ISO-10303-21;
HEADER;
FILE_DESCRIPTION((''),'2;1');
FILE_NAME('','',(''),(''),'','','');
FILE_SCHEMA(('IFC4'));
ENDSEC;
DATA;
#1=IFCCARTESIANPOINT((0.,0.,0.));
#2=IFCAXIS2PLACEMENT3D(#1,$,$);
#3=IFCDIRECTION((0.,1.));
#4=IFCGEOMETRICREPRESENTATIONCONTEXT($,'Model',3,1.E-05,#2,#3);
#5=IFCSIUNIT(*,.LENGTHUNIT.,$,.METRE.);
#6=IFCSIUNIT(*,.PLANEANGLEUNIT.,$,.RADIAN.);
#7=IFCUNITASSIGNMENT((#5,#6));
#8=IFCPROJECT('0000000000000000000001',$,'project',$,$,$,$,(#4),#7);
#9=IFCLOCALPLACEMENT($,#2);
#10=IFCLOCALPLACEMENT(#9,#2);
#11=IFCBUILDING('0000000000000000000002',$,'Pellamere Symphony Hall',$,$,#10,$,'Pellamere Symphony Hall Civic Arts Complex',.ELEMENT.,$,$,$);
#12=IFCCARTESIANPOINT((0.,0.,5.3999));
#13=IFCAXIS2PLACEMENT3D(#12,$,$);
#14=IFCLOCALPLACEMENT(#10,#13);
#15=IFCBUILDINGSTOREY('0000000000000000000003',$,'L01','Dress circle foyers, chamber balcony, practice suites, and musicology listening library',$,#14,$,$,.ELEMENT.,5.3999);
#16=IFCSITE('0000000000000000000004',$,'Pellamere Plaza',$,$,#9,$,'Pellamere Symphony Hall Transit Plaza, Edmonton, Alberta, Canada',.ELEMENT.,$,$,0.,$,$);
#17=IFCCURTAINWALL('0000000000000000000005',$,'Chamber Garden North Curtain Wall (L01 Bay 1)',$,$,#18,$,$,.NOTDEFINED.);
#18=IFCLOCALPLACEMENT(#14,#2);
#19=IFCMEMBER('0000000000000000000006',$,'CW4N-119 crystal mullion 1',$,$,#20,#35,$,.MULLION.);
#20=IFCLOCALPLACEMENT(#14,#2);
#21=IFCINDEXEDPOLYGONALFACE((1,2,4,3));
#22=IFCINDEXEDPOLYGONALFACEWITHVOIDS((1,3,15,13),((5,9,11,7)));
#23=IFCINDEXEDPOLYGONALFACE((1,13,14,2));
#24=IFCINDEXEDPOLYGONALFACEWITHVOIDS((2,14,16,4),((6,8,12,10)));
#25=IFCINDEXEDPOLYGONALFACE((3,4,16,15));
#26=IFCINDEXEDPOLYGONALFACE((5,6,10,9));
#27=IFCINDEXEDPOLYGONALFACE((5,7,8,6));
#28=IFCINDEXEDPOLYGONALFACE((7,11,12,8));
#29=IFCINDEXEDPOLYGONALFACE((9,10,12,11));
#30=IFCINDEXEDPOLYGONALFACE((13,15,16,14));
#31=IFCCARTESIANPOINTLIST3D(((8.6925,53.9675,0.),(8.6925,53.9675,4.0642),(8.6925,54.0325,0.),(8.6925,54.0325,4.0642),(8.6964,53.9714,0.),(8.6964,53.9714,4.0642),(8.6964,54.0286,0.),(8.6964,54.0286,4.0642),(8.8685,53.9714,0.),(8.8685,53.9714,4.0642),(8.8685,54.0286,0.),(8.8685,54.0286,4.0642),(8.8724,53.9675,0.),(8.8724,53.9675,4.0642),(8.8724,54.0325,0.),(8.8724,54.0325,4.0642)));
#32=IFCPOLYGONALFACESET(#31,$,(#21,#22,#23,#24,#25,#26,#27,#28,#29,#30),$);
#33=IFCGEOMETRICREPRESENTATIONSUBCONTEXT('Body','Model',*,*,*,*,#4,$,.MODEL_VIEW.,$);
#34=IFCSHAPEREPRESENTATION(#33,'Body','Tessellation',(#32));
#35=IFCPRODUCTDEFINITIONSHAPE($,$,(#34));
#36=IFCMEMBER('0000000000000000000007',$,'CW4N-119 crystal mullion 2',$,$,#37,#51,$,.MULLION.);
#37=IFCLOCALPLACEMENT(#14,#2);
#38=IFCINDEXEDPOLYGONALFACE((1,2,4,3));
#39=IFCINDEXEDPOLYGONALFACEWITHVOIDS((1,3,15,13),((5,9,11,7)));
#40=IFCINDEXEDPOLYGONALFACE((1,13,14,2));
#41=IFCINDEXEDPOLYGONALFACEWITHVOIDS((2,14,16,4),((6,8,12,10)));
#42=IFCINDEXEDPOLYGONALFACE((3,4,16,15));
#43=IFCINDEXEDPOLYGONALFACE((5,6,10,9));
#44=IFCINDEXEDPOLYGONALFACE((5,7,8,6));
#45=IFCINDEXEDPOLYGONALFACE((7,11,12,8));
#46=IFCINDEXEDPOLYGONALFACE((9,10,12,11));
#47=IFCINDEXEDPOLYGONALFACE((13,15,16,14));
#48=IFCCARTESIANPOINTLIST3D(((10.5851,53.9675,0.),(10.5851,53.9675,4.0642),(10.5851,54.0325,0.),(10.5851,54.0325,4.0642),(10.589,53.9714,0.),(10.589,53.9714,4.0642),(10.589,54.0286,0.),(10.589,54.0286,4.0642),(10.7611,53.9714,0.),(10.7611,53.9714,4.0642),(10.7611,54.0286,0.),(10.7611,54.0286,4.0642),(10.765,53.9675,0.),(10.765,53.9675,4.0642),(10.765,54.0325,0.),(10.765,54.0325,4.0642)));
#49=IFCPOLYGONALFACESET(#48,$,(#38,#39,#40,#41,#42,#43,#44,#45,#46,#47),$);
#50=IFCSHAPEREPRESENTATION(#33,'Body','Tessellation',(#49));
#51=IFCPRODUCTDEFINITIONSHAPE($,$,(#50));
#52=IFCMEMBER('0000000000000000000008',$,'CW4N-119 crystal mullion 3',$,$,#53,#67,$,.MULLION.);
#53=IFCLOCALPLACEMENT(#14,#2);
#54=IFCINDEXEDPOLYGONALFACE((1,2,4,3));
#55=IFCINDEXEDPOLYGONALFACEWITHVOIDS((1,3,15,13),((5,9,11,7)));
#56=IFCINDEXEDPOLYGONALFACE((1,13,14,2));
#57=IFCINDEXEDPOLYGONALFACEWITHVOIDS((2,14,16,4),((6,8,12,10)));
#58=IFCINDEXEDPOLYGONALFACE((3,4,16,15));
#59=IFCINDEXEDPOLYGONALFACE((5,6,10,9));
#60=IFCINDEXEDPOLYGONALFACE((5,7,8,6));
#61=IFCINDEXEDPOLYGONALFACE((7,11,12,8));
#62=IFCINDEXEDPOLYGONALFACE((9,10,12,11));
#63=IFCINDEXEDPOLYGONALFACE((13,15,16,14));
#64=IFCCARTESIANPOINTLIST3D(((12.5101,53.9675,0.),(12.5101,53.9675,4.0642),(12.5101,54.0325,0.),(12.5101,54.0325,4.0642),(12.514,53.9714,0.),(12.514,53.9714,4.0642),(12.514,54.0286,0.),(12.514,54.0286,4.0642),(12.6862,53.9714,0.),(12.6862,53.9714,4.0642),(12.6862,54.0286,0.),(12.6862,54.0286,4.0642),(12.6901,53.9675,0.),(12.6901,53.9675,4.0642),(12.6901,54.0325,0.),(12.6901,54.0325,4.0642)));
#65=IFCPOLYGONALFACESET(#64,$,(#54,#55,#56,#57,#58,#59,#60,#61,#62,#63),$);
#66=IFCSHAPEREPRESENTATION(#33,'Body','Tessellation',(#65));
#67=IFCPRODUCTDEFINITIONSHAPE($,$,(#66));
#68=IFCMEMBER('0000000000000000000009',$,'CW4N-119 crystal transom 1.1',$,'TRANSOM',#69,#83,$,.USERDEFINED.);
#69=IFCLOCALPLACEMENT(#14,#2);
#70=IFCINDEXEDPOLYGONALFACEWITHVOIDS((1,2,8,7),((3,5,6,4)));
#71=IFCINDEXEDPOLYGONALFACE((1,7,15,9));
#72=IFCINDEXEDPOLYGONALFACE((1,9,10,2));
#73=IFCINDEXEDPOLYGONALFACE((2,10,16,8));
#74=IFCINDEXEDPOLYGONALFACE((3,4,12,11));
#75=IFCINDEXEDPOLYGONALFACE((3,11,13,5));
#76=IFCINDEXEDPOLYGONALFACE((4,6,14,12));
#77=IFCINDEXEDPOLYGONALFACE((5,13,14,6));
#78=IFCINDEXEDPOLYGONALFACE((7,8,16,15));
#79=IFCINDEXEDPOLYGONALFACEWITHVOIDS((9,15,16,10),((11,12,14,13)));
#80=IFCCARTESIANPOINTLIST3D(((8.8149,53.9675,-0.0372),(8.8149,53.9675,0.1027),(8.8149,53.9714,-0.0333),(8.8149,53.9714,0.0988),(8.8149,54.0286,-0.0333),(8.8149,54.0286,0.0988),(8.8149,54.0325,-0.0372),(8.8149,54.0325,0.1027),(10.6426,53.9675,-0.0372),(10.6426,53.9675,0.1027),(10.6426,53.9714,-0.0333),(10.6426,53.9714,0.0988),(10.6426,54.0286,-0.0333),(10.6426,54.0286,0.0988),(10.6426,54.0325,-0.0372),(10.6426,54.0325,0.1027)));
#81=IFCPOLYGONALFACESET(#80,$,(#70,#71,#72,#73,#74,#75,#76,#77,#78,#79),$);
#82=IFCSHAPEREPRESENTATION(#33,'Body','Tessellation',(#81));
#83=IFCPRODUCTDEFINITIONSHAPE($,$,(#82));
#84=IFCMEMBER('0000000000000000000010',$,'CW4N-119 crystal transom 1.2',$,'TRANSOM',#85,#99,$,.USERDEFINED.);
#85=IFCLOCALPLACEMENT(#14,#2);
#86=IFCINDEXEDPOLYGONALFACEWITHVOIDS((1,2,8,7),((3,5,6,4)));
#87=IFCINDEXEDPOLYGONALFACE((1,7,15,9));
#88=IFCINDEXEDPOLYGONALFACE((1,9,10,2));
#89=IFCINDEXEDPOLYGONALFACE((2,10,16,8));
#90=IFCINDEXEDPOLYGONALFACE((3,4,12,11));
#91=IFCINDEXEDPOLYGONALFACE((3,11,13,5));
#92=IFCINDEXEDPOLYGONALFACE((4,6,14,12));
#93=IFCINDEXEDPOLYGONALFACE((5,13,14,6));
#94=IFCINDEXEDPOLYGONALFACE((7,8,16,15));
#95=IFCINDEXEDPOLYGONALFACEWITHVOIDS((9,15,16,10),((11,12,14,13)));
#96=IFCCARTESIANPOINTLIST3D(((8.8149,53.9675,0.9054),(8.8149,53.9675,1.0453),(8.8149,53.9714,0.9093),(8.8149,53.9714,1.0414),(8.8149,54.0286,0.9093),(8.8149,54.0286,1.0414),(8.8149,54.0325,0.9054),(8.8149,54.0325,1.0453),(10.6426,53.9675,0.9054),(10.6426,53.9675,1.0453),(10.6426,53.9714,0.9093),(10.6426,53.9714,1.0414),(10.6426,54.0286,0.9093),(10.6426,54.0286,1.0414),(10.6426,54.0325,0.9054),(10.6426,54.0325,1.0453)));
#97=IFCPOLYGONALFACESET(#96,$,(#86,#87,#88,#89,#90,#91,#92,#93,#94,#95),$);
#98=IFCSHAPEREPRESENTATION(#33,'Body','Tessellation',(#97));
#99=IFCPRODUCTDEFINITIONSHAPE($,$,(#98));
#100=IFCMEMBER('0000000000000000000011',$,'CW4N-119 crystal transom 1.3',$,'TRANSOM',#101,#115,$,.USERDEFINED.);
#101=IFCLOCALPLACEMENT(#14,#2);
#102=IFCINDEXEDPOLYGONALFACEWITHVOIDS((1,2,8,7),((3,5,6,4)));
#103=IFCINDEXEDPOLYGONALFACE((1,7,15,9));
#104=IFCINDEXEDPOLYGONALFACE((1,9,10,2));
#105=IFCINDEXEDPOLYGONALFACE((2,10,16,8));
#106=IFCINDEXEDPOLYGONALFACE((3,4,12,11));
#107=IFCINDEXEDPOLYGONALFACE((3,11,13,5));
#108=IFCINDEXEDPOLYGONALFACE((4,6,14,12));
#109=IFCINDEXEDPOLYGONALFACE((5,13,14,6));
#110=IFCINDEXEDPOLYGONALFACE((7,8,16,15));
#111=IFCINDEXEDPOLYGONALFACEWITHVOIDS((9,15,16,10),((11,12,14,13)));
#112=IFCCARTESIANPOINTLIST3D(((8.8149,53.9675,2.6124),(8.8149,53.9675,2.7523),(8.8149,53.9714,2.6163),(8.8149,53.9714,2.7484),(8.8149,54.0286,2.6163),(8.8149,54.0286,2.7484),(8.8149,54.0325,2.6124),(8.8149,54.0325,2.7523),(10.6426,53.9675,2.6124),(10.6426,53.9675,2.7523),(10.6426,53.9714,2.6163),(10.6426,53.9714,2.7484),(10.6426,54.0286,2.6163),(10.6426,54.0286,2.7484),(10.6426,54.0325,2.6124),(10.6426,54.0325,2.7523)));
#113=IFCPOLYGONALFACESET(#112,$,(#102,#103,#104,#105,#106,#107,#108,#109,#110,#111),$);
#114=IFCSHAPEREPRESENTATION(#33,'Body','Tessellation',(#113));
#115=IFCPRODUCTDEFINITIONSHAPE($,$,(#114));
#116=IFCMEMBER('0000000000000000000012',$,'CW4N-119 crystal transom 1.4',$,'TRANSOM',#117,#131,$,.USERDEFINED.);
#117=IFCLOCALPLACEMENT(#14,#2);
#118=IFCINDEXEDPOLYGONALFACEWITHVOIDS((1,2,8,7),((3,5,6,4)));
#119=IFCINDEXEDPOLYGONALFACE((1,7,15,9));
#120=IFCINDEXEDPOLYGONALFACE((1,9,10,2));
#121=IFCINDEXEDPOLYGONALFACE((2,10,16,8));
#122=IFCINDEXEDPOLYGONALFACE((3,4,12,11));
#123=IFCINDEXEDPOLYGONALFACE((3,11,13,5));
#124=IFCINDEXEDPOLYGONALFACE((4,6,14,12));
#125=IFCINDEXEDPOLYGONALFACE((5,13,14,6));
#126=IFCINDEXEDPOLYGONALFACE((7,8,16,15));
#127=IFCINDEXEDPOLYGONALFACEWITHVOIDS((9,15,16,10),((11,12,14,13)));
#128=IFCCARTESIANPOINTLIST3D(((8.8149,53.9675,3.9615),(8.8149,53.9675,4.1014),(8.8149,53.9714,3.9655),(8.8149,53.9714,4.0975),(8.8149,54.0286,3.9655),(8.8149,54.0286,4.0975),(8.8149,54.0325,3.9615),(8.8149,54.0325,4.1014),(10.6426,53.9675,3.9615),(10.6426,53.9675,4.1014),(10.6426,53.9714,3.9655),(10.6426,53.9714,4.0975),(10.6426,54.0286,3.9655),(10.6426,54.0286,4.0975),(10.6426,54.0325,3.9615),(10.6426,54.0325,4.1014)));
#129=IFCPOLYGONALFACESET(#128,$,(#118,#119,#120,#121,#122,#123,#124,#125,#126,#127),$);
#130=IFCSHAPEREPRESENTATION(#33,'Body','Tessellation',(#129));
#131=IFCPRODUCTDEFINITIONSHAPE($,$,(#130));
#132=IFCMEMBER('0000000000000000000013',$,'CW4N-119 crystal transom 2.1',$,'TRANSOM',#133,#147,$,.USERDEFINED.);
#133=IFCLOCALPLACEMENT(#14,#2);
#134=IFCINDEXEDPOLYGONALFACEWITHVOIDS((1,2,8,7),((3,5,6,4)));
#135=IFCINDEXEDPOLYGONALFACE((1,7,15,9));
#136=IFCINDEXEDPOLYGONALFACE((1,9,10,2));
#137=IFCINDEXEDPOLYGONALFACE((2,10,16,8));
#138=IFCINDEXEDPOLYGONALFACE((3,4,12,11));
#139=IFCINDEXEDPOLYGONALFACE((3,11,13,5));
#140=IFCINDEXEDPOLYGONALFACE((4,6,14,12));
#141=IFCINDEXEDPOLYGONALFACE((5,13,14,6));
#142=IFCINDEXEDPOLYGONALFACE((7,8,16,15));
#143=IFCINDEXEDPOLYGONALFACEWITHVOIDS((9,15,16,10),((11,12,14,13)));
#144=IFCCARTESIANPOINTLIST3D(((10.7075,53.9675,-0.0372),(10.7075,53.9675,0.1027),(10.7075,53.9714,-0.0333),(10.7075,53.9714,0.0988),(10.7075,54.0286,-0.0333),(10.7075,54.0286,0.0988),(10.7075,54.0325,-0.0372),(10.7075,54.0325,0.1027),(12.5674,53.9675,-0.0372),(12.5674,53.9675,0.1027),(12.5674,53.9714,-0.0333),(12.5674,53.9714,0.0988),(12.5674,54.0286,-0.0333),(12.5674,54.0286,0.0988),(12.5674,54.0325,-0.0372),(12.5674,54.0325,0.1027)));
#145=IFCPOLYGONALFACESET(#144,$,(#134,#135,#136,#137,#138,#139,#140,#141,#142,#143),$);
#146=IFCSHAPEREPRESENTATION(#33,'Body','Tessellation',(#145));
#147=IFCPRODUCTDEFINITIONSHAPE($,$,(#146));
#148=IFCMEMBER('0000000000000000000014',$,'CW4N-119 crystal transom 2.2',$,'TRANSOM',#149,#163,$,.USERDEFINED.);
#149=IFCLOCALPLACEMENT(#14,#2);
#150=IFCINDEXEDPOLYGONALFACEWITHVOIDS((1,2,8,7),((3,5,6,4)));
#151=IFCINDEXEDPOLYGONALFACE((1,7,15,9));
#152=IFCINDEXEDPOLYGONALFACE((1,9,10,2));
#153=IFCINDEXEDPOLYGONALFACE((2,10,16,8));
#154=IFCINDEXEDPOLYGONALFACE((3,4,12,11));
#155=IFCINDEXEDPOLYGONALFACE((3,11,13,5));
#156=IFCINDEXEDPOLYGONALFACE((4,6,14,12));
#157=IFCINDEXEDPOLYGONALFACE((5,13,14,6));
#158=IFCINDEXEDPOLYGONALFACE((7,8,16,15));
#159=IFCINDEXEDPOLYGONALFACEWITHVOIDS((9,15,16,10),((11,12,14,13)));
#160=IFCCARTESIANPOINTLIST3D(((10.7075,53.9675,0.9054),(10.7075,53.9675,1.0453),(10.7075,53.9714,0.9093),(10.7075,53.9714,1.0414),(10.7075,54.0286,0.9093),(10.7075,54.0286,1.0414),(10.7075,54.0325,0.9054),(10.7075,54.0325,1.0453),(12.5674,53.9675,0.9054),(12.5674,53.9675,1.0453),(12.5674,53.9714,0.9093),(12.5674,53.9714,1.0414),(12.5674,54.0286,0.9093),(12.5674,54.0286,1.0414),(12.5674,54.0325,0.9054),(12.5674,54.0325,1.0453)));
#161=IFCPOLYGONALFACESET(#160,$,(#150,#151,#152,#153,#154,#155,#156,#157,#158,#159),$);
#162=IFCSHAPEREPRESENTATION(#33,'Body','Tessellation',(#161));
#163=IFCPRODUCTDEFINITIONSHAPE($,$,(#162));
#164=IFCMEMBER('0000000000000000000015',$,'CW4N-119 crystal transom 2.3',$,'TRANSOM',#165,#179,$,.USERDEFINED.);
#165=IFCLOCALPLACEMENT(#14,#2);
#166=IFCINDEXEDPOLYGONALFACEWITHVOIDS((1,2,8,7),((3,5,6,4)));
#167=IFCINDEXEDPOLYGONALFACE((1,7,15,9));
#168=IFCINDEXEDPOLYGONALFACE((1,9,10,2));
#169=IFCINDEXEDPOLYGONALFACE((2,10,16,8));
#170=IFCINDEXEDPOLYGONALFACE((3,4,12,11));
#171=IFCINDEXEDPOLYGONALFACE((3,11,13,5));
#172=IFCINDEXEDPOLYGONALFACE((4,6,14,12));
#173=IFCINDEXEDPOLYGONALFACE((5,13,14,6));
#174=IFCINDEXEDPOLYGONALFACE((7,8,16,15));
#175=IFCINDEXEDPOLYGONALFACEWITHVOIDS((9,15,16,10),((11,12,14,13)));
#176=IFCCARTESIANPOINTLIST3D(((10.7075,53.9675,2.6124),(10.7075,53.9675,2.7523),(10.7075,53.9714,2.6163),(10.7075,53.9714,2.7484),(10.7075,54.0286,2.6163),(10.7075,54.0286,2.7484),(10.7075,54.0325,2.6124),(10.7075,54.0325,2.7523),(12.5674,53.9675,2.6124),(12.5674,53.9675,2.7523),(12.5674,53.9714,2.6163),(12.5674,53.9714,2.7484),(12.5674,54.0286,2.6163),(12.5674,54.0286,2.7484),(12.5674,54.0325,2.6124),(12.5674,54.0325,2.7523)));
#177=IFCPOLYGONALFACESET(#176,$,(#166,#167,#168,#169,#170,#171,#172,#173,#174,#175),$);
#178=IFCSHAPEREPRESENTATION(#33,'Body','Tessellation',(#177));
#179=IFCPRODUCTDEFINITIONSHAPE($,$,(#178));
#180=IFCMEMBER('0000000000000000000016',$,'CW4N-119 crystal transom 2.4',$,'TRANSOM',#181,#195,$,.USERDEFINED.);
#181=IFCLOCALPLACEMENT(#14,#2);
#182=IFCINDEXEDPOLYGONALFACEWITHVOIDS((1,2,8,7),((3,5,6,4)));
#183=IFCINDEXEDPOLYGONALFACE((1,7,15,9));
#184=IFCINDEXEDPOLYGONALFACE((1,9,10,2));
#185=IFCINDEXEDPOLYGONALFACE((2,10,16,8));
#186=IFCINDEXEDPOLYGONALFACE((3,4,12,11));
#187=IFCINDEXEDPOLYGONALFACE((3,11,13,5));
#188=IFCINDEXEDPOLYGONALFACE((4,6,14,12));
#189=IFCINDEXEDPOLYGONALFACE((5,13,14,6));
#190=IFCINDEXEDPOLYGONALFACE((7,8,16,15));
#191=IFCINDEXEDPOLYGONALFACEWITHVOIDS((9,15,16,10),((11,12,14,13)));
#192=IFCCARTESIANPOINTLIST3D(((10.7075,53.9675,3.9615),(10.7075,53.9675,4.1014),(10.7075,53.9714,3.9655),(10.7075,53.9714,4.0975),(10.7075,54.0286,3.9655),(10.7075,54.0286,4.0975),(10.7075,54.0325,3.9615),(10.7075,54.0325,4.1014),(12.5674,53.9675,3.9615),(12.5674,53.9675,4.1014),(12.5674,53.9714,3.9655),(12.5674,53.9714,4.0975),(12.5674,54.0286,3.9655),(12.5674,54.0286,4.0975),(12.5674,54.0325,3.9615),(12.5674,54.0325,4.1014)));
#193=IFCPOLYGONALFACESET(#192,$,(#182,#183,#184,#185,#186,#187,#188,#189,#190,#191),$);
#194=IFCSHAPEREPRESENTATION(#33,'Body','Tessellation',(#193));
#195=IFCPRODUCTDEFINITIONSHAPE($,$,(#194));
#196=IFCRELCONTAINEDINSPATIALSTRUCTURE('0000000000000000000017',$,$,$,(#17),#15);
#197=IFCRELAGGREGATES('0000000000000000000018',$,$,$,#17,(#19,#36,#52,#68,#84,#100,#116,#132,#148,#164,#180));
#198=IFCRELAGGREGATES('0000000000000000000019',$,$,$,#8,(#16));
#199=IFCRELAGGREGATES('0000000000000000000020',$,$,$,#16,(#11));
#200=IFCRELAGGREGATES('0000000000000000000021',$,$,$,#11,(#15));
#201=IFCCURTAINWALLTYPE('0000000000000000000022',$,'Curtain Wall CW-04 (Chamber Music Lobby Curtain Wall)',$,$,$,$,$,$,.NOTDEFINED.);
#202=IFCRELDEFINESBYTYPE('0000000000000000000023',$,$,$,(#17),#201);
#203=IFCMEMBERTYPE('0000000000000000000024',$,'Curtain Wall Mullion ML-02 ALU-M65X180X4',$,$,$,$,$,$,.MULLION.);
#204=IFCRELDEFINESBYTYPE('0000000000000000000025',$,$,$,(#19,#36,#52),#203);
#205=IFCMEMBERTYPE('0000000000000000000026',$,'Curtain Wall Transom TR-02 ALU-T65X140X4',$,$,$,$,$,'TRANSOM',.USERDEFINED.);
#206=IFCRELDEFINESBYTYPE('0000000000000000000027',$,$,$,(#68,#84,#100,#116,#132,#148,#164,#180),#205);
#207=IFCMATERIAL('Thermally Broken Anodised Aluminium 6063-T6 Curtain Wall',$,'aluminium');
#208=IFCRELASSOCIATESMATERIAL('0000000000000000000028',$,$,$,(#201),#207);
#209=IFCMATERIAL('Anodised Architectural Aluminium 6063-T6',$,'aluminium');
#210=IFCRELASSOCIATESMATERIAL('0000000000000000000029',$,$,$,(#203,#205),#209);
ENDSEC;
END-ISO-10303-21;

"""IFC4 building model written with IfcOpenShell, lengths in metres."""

from ifc_helpers import new_model, si_unit, direction, frame, origin, origin_2d, place, context, subcontext, project, spatial, hollow_rectangle, extrude, material, material_profile, profile_set, type_object, element, aggregate, save


model = new_model("IFC4")

# Units and contexts
model_context = context("Model", 3, precision=1e-05, world=origin(), true_north=direction((0.0, 1.0)))
body_context = subcontext(model_context, "Body", "Model", "MODEL_VIEW")
ifc_project = project(units=[si_unit("LENGTHUNIT", "METRE"), si_unit("PLANEANGLEUNIT", "RADIAN")], contexts=[model_context])

# Site, building, storey
site_placement = place(None, origin())
site = spatial("IfcSite", under=ifc_project, at=site_placement, Name="Pellamere Plaza", LongName="Pellamere Symphony Hall Transit Plaza, Edmonton, Alberta, Canada", CompositionType="ELEMENT", RefElevation=0.0)
building_placement = place(site_placement, origin())
building = spatial("IfcBuilding", under=site, at=building_placement, Name="Pellamere Symphony Hall", LongName="Pellamere Symphony Hall Civic Arts Complex", CompositionType="ELEMENT")
storey_placement = place(building_placement, frame((0.0, 0.0, 5.3999)))
storey = spatial("IfcBuildingStorey", under=building, at=storey_placement, Name="L01", Description="Dress circle foyers, chamber balcony, practice suites, and musicology listening library", CompositionType="ELEMENT", Elevation=5.3999)

# Curtain wall, members
ifc_material_1 = material(Name="Thermally Broken Anodised Aluminium 6063-T6 Curtain Wall", Category="aluminium")
curtain_wall_type = type_object("IfcCurtainWallType", Name="Curtain Wall CW-04 (Chamber Music Lobby Curtain Wall)", PredefinedType="NOTDEFINED", material=ifc_material_1)
curtain_wall_placement = place(storey_placement, origin())
curtain_wall = element("IfcCurtainWall", 1, at=curtain_wall_placement, inside=storey, type_object=curtain_wall_type, Name="Chamber Garden North Curtain Wall (L01 Bay 1)", PredefinedType="NOTDEFINED")
ifc_material_2 = material(Name="Anodised Architectural Aluminium 6063-T6", Category="aluminium")
ifc_material_profile_1 = material_profile(ifc_material_2, hollow_rectangle(XDim=0.0649, YDim=0.1799, WallThickness=0.0039, at=origin_2d()), Name="ALU-M65X180X4")
ifc_profile_set_1 = profile_set([ifc_material_profile_1], Name="Anodised Architectural Aluminium 6063-T6")
member_type_1 = type_object("IfcMemberType", Name="Curtain Wall Mullion ML-02 ALU-M65X180X4", PredefinedType="MULLION", material=ifc_profile_set_1)
member_1_placement = place(storey_placement, frame((8.7825, 54.0, 0.0), z_axis=(0.0, 0.0, 1.0), x_axis=(0.0, 1.0, 0.0)))
member_1 = element("IfcMember", 2, at=member_1_placement, type_object=member_type_1, Name="CW4N-119 crystal mullion 1", PredefinedType="MULLION", context=body_context, shape_type="SweptSolid", body=[
    extrude(hollow_rectangle(XDim=0.0649, YDim=0.1799, WallThickness=0.0039, at=origin_2d()), origin(), (0.0, 0.0, 1.0), 4.0642),
])
member_2_placement = place(storey_placement, frame((10.675, 54.0, 0.0), z_axis=(0.0, 0.0, 1.0), x_axis=(0.0, 1.0, 0.0)))
member_2 = element("IfcMember", 3, at=member_2_placement, type_object=member_type_1, Name="CW4N-119 crystal mullion 2", PredefinedType="MULLION", context=body_context, shape_type="SweptSolid", body=[
    extrude(hollow_rectangle(XDim=0.0649, YDim=0.1799, WallThickness=0.0039, at=origin_2d()), origin(), (0.0, 0.0, 1.0), 4.0642),
])
member_3_placement = place(storey_placement, frame((12.6001, 54.0, 0.0), z_axis=(0.0, 0.0, 1.0), x_axis=(0.0, 1.0, 0.0)))
member_3 = element("IfcMember", 4, at=member_3_placement, type_object=member_type_1, Name="CW4N-119 crystal mullion 3", PredefinedType="MULLION", context=body_context, shape_type="SweptSolid", body=[
    extrude(hollow_rectangle(XDim=0.0649, YDim=0.1799, WallThickness=0.0039, at=origin_2d()), origin(), (0.0, 0.0, 1.0), 4.0642),
])
ifc_material_profile_2 = material_profile(ifc_material_2, hollow_rectangle(XDim=0.0649, YDim=0.1399, WallThickness=0.0039, at=origin_2d()), Name="ALU-T65X140X4")
ifc_profile_set_2 = profile_set([ifc_material_profile_2], Name="Anodised Architectural Aluminium 6063-T6")
member_type_2 = type_object("IfcMemberType", Name="Curtain Wall Transom TR-02 ALU-T65X140X4", ElementType="TRANSOM", PredefinedType="USERDEFINED", material=ifc_profile_set_2)
member_4_placement = place(storey_placement, frame((8.8149, 54.0, 0.0327), z_axis=(1.0, 0.0, 0.0), x_axis=(0.0, 1.0, 0.0)))
member_4 = element("IfcMember", 5, at=member_4_placement, type_object=member_type_2, Name="CW4N-119 crystal transom 1.1", ObjectType="TRANSOM", PredefinedType="USERDEFINED", context=body_context, shape_type="SweptSolid", body=[
    extrude(hollow_rectangle(XDim=0.0649, YDim=0.1399, WallThickness=0.0039, at=origin_2d()), origin(), (0.0, 0.0, 1.0), 1.8276),
])
member_5_placement = place(storey_placement, frame((8.8149, 54.0, 0.9753), z_axis=(1.0, 0.0, 0.0), x_axis=(0.0, 1.0, 0.0)))
member_5 = element("IfcMember", 6, at=member_5_placement, type_object=member_type_2, Name="CW4N-119 crystal transom 1.2", ObjectType="TRANSOM", PredefinedType="USERDEFINED", context=body_context, shape_type="SweptSolid", body=[
    extrude(hollow_rectangle(XDim=0.0649, YDim=0.1399, WallThickness=0.0039, at=origin_2d()), origin(), (0.0, 0.0, 1.0), 1.8276),
])
member_6_placement = place(storey_placement, frame((8.8149, 54.0, 2.6824), z_axis=(1.0, 0.0, 0.0), x_axis=(0.0, 1.0, 0.0)))
member_6 = element("IfcMember", 7, at=member_6_placement, type_object=member_type_2, Name="CW4N-119 crystal transom 1.3", ObjectType="TRANSOM", PredefinedType="USERDEFINED", context=body_context, shape_type="SweptSolid", body=[
    extrude(hollow_rectangle(XDim=0.0649, YDim=0.1399, WallThickness=0.0039, at=origin_2d()), origin(), (0.0, 0.0, 1.0), 1.8276),
])
member_7_placement = place(storey_placement, frame((8.8149, 54.0, 4.0315), z_axis=(1.0, 0.0, 0.0), x_axis=(0.0, 1.0, 0.0)))
member_7 = element("IfcMember", 8, at=member_7_placement, type_object=member_type_2, Name="CW4N-119 crystal transom 1.4", ObjectType="TRANSOM", PredefinedType="USERDEFINED", context=body_context, shape_type="SweptSolid", body=[
    extrude(hollow_rectangle(XDim=0.0649, YDim=0.1399, WallThickness=0.0039, at=origin_2d()), origin(), (0.0, 0.0, 1.0), 1.8276),
])
member_8_placement = place(storey_placement, frame((10.7075, 54.0, 0.0327), z_axis=(1.0, 0.0, 0.0), x_axis=(0.0, 1.0, 0.0)))
member_8 = element("IfcMember", 9, at=member_8_placement, type_object=member_type_2, Name="CW4N-119 crystal transom 2.1", ObjectType="TRANSOM", PredefinedType="USERDEFINED", context=body_context, shape_type="SweptSolid", body=[
    extrude(hollow_rectangle(XDim=0.0649, YDim=0.1399, WallThickness=0.0039, at=origin_2d()), origin(), (0.0, 0.0, 1.0), 1.8599),
])
member_9_placement = place(storey_placement, frame((10.7075, 54.0, 0.9753), z_axis=(1.0, 0.0, 0.0), x_axis=(0.0, 1.0, 0.0)))
member_9 = element("IfcMember", 10, at=member_9_placement, type_object=member_type_2, Name="CW4N-119 crystal transom 2.2", ObjectType="TRANSOM", PredefinedType="USERDEFINED", context=body_context, shape_type="SweptSolid", body=[
    extrude(hollow_rectangle(XDim=0.0649, YDim=0.1399, WallThickness=0.0039, at=origin_2d()), origin(), (0.0, 0.0, 1.0), 1.8599),
])
member_10_placement = place(storey_placement, frame((10.7075, 54.0, 2.6824), z_axis=(1.0, 0.0, 0.0), x_axis=(0.0, 1.0, 0.0)))
member_10 = element("IfcMember", 11, at=member_10_placement, type_object=member_type_2, Name="CW4N-119 crystal transom 2.3", ObjectType="TRANSOM", PredefinedType="USERDEFINED", context=body_context, shape_type="SweptSolid", body=[
    extrude(hollow_rectangle(XDim=0.0649, YDim=0.1399, WallThickness=0.0039, at=origin_2d()), origin(), (0.0, 0.0, 1.0), 1.8599),
])
member_11_placement = place(storey_placement, frame((10.7075, 54.0, 4.0315), z_axis=(1.0, 0.0, 0.0), x_axis=(0.0, 1.0, 0.0)))
member_11 = element("IfcMember", 12, at=member_11_placement, type_object=member_type_2, Name="CW4N-119 crystal transom 2.4", ObjectType="TRANSOM", PredefinedType="USERDEFINED", context=body_context, shape_type="SweptSolid", body=[
    extrude(hollow_rectangle(XDim=0.0649, YDim=0.1399, WallThickness=0.0039, at=origin_2d()), origin(), (0.0, 0.0, 1.0), 1.8599),
])

aggregate(curtain_wall, [member_1, member_2, member_3, member_4, member_5, member_6, member_7, member_8, member_9, member_10, member_11])

save(model, "model.ifc")
